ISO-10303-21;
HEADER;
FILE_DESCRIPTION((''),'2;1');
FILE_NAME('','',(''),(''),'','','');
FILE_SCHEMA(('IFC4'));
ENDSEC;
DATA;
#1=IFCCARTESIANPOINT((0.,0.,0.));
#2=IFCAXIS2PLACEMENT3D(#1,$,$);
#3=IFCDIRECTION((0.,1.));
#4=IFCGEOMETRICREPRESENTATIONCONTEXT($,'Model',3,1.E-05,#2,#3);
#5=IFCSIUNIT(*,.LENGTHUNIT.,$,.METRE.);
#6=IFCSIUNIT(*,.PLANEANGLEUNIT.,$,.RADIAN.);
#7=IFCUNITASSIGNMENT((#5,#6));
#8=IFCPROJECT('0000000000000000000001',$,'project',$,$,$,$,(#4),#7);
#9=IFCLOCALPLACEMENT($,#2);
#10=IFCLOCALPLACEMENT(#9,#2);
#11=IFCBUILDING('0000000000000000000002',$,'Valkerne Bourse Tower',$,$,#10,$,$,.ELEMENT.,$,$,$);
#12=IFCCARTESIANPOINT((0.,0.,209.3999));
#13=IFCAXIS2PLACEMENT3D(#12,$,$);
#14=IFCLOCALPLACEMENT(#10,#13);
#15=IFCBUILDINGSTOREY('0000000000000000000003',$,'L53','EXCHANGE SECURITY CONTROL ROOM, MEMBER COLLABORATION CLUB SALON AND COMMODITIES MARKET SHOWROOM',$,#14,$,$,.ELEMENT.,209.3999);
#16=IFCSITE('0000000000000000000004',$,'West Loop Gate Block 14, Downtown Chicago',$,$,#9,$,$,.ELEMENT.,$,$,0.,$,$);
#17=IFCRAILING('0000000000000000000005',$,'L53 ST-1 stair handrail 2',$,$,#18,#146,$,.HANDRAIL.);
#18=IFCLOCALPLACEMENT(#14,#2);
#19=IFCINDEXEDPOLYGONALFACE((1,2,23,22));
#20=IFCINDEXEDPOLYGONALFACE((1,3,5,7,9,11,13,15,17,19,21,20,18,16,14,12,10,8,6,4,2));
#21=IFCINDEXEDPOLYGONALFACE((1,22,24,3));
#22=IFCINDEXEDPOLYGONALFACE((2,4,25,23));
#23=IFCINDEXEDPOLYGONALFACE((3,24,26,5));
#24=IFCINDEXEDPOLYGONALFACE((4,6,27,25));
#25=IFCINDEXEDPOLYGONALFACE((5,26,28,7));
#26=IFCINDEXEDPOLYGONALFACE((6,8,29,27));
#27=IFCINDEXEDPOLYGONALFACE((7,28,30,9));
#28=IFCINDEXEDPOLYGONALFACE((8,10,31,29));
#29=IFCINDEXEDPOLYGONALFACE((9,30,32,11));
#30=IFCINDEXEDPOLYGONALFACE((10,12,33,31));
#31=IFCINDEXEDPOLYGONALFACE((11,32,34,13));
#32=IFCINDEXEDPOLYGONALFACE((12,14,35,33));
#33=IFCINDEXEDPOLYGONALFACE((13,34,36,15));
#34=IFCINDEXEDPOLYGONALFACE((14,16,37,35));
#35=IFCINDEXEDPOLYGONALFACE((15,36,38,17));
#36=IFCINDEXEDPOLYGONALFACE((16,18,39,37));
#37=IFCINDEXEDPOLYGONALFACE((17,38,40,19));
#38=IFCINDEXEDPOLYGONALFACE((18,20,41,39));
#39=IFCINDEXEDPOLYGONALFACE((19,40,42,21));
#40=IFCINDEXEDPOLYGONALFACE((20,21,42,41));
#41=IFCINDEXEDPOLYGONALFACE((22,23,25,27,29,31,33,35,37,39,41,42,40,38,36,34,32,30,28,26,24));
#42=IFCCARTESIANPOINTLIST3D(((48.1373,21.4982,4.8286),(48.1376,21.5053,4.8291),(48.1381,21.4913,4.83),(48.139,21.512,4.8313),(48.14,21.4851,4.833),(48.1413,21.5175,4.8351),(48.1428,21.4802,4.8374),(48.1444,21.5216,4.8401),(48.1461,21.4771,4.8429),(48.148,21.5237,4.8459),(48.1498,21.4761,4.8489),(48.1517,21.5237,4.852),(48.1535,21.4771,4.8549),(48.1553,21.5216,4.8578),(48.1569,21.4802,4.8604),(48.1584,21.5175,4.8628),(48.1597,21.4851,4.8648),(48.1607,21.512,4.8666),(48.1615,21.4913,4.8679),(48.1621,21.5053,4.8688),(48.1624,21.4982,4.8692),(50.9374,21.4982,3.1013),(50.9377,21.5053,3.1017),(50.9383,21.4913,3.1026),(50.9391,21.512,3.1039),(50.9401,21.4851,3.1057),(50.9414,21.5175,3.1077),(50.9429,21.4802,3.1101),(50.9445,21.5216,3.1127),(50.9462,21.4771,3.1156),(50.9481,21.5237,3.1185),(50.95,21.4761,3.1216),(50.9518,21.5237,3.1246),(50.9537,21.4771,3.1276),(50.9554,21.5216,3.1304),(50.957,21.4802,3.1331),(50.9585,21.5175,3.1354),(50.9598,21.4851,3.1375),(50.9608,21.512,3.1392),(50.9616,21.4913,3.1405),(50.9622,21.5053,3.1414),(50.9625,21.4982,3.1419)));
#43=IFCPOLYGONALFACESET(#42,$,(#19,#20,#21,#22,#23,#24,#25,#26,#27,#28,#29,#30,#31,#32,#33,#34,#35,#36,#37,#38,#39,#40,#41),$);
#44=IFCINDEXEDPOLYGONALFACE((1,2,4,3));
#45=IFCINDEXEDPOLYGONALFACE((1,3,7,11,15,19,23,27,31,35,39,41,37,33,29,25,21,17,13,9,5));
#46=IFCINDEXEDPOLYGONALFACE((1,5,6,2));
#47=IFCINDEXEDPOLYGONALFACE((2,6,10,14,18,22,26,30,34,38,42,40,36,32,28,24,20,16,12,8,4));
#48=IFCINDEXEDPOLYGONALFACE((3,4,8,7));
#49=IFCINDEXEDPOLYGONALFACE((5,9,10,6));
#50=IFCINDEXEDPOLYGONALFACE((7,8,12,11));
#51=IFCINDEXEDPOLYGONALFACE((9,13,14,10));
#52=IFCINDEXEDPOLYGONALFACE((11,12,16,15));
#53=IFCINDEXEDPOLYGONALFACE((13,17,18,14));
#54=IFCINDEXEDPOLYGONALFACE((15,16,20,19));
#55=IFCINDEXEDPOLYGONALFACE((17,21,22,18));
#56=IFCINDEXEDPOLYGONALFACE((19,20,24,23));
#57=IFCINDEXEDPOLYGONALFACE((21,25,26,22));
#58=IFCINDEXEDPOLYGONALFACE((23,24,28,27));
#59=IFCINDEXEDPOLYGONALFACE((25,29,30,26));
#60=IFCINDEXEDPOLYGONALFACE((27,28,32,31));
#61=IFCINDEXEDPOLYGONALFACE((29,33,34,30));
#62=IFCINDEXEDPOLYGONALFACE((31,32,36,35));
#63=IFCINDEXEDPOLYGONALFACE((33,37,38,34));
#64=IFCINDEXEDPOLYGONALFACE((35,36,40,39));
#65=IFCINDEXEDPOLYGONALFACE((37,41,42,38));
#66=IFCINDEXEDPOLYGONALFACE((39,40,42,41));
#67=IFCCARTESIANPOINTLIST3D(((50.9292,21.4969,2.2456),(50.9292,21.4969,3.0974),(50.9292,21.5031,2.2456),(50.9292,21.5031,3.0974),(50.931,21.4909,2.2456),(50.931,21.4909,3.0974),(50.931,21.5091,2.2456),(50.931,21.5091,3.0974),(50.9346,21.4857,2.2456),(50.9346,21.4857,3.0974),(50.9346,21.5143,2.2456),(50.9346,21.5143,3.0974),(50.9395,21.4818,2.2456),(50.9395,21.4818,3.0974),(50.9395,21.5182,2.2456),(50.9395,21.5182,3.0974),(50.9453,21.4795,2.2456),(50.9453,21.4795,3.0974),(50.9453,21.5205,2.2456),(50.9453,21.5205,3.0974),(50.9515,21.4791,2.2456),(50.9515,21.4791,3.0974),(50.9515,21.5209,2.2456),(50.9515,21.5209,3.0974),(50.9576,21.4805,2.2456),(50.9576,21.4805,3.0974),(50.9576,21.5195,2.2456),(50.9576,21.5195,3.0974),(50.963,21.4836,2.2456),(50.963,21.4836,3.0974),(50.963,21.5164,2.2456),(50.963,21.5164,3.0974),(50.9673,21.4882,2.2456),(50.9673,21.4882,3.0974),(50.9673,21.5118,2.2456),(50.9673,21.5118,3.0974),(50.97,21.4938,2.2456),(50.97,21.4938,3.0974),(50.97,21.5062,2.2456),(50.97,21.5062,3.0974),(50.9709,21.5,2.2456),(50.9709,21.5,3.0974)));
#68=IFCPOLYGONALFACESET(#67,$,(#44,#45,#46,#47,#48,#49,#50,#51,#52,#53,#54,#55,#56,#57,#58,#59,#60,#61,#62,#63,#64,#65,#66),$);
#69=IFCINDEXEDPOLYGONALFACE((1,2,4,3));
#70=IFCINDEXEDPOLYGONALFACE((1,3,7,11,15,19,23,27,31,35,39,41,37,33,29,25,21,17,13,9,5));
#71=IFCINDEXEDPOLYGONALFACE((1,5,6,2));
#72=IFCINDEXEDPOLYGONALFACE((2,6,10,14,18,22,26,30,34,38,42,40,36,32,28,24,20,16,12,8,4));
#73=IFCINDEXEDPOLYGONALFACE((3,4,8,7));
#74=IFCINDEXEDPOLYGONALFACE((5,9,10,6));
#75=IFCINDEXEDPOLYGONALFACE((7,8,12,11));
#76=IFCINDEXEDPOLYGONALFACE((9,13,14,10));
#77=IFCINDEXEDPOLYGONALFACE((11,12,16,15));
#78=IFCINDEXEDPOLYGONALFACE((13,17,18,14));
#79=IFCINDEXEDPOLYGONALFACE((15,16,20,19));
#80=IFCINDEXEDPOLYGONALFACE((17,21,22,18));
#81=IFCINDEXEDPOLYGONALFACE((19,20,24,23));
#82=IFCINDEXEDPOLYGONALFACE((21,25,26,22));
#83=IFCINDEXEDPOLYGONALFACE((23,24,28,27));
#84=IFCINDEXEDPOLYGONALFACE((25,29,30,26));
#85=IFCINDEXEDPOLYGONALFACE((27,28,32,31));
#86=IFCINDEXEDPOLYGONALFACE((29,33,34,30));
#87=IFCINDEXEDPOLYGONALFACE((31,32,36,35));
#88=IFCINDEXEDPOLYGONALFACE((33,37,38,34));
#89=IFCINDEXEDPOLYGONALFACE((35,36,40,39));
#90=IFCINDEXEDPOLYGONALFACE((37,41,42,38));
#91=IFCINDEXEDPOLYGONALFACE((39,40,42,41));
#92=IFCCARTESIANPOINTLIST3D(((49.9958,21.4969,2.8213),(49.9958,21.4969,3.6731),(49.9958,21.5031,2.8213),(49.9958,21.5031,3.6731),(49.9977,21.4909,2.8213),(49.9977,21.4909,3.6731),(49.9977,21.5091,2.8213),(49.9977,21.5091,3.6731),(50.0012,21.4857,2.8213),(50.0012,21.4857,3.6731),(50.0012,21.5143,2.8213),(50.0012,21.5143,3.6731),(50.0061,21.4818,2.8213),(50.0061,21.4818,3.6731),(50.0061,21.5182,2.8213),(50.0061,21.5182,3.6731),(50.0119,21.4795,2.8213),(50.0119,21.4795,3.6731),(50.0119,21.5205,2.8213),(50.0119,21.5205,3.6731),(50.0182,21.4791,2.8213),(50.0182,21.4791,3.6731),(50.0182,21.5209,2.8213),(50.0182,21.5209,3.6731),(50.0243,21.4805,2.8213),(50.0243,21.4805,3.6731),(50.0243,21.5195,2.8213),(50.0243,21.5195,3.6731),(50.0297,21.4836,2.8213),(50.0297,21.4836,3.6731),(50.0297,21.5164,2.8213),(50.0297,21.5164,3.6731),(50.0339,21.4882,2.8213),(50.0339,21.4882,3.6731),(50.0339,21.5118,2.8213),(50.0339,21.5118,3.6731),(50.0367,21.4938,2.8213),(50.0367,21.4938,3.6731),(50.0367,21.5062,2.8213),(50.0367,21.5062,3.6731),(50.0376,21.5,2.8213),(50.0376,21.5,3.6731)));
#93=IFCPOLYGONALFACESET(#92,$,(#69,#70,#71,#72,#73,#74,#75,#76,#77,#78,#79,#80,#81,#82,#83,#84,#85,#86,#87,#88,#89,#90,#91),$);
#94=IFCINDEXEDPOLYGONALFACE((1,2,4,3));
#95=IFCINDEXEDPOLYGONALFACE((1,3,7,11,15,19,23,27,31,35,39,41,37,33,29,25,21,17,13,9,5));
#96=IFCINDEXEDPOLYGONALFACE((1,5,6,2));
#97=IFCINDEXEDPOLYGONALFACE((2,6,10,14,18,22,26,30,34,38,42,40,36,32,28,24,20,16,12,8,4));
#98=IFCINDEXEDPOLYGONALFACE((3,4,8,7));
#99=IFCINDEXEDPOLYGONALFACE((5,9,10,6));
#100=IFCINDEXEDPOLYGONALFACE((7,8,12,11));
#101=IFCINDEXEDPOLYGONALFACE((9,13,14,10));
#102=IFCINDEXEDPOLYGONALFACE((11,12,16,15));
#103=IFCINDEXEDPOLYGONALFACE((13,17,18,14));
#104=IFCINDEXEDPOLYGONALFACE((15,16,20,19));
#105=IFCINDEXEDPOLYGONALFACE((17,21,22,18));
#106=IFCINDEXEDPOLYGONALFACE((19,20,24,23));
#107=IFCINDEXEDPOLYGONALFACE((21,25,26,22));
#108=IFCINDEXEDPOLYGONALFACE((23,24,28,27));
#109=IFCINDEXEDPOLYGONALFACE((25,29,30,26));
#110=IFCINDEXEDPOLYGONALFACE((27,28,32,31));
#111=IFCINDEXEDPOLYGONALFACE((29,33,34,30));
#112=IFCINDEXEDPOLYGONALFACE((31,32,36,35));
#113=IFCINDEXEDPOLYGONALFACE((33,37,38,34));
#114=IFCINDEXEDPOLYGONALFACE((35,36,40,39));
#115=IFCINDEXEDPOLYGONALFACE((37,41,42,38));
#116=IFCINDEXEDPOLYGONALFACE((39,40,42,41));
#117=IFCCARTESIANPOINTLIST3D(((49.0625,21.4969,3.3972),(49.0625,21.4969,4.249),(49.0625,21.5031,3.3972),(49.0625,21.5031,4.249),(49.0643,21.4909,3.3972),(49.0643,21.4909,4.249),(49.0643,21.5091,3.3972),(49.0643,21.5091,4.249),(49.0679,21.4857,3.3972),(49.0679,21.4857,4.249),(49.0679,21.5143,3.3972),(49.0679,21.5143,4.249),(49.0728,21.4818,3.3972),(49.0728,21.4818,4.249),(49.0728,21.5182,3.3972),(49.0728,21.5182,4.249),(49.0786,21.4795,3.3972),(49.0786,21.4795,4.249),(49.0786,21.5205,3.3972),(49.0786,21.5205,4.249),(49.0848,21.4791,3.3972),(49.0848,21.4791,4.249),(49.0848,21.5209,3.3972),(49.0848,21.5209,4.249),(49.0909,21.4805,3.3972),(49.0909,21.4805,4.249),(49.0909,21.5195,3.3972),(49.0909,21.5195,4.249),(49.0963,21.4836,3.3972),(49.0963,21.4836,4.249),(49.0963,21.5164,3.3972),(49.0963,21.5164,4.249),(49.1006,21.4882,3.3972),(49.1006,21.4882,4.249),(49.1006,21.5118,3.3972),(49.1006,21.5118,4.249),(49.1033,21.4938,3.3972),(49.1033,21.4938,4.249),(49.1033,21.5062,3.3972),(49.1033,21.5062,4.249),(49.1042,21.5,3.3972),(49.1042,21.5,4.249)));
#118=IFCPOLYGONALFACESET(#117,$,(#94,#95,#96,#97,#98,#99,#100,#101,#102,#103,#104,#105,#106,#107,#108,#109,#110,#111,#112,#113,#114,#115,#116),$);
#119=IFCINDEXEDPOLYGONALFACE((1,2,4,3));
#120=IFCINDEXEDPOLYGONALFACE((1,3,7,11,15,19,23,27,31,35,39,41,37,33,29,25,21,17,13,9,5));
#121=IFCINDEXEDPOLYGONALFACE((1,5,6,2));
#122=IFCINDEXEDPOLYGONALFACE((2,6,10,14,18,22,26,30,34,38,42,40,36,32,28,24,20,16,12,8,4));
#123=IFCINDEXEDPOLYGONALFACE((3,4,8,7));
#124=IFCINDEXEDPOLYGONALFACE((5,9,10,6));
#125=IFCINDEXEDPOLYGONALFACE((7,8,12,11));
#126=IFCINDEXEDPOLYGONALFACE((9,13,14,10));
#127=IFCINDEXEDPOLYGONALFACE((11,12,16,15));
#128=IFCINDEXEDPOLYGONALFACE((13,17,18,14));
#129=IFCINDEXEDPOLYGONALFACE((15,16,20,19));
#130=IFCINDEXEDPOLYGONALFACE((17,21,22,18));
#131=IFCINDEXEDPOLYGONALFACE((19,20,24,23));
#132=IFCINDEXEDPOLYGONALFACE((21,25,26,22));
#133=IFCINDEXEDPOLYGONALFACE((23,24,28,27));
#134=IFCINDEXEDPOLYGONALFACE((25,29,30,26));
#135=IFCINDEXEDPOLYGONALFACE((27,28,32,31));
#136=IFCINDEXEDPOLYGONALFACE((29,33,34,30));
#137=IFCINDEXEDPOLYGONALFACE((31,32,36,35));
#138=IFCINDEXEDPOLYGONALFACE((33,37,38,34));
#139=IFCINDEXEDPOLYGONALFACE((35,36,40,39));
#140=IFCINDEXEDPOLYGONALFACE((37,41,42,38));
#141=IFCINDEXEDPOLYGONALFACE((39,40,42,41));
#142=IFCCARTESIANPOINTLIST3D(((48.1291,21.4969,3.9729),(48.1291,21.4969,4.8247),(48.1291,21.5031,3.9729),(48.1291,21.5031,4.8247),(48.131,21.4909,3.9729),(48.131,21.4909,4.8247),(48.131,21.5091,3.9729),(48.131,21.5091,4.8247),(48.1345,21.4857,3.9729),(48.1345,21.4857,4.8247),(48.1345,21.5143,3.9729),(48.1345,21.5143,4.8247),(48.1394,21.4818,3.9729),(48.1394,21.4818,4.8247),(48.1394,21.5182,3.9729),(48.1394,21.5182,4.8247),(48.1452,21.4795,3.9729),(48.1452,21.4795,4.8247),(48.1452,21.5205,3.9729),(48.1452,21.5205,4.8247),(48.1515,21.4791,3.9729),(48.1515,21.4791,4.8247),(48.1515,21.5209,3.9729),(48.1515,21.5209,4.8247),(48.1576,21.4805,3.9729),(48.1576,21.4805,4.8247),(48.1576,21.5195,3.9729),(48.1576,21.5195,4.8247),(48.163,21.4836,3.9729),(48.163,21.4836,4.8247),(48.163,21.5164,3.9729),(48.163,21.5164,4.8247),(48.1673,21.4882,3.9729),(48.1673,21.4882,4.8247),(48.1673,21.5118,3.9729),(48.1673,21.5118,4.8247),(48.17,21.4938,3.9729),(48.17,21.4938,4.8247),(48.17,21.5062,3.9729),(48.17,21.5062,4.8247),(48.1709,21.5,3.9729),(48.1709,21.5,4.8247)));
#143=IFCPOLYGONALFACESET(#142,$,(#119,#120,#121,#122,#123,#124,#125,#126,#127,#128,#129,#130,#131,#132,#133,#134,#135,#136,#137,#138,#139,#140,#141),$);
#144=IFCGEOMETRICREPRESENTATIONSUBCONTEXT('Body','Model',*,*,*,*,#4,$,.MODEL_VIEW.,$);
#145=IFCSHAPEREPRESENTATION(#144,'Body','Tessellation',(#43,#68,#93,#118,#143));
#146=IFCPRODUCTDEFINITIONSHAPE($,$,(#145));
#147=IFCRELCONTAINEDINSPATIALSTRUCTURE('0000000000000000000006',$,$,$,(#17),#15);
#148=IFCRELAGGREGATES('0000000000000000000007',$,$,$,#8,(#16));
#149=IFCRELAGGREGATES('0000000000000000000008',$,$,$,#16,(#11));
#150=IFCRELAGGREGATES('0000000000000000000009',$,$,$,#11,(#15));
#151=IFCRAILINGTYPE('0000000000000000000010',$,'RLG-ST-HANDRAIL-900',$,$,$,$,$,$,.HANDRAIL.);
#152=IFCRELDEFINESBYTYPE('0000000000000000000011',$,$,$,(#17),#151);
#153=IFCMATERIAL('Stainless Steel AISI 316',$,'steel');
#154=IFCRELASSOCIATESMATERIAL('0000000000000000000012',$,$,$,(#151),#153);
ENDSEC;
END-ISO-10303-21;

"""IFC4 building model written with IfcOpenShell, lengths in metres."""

from ifc_helpers import new_model, si_unit, direction, frame, origin, origin_2d, place, context, subcontext, project, spatial, circle, extrude, material, type_object, element, save


model = new_model("IFC4")

# Units and contexts
model_context = context("Model", 3, precision=1e-05, world=origin(), true_north=direction((0.0, 1.0)))
body_context = subcontext(model_context, "Body", "Model", "MODEL_VIEW")
ifc_project = project(units=[si_unit("LENGTHUNIT", "METRE"), si_unit("PLANEANGLEUNIT", "RADIAN")], contexts=[model_context])

# Site, building, storey
site_placement = place(None, origin())
site = spatial("IfcSite", under=ifc_project, at=site_placement, Name="West Loop Gate Block 14, Downtown Chicago", CompositionType="ELEMENT", RefElevation=0.0)
building_placement = place(site_placement, origin())
building = spatial("IfcBuilding", under=site, at=building_placement, Name="Valkerne Bourse Tower", CompositionType="ELEMENT")
storey_placement = place(building_placement, frame((0.0, 0.0, 209.3999)))
storey = spatial("IfcBuildingStorey", under=building, at=storey_placement, Name="L53", Description="EXCHANGE SECURITY CONTROL ROOM, MEMBER COLLABORATION CLUB SALON AND COMMODITIES MARKET SHOWROOM", CompositionType="ELEMENT", Elevation=209.3999)

# Shared definitions
ifc_material_1 = material(Name="Stainless Steel AISI 316", Category="steel")

# Railing
railing_type_1 = type_object("IfcRailingType", Name="RLG-ST-HANDRAIL-900", PredefinedType="HANDRAIL", material=ifc_material_1)
railing_1_placement = place(storey_placement, frame((50.95, 21.5, 2.2456)))
element("IfcRailing", 1, at=railing_1_placement, inside=storey, type_object=railing_type_1, Name="L53 ST-1 stair handrail 2", PredefinedType="HANDRAIL", context=body_context, shape_type="SweptSolid", body=[
    extrude(circle(Radius=0.0239, at=origin_2d()), frame((0.0, 0.0, 0.876), z_axis=(-0.85109, 0.0, 0.52502), x_axis=(0.0, -1.0, 0.0)), (0.0, 0.0, 1.0), 3.29),
    extrude(circle(Radius=0.021, at=origin_2d()), origin(), (0.0, 0.0, 1.0), 0.8518),
    extrude(circle(Radius=0.021, at=origin_2d()), frame((-0.9333, 0.0, 0.5757)), (0.0, 0.0, 1.0), 0.8518),
    extrude(circle(Radius=0.021, at=origin_2d()), frame((-1.8667, 0.0, 1.1516)), (0.0, 0.0, 1.0), 0.8518),
    extrude(circle(Radius=0.021, at=origin_2d()), frame((-2.8, 0.0, 1.7273)), (0.0, 0.0, 1.0), 0.8518),
])

save(model, "model.ifc")
